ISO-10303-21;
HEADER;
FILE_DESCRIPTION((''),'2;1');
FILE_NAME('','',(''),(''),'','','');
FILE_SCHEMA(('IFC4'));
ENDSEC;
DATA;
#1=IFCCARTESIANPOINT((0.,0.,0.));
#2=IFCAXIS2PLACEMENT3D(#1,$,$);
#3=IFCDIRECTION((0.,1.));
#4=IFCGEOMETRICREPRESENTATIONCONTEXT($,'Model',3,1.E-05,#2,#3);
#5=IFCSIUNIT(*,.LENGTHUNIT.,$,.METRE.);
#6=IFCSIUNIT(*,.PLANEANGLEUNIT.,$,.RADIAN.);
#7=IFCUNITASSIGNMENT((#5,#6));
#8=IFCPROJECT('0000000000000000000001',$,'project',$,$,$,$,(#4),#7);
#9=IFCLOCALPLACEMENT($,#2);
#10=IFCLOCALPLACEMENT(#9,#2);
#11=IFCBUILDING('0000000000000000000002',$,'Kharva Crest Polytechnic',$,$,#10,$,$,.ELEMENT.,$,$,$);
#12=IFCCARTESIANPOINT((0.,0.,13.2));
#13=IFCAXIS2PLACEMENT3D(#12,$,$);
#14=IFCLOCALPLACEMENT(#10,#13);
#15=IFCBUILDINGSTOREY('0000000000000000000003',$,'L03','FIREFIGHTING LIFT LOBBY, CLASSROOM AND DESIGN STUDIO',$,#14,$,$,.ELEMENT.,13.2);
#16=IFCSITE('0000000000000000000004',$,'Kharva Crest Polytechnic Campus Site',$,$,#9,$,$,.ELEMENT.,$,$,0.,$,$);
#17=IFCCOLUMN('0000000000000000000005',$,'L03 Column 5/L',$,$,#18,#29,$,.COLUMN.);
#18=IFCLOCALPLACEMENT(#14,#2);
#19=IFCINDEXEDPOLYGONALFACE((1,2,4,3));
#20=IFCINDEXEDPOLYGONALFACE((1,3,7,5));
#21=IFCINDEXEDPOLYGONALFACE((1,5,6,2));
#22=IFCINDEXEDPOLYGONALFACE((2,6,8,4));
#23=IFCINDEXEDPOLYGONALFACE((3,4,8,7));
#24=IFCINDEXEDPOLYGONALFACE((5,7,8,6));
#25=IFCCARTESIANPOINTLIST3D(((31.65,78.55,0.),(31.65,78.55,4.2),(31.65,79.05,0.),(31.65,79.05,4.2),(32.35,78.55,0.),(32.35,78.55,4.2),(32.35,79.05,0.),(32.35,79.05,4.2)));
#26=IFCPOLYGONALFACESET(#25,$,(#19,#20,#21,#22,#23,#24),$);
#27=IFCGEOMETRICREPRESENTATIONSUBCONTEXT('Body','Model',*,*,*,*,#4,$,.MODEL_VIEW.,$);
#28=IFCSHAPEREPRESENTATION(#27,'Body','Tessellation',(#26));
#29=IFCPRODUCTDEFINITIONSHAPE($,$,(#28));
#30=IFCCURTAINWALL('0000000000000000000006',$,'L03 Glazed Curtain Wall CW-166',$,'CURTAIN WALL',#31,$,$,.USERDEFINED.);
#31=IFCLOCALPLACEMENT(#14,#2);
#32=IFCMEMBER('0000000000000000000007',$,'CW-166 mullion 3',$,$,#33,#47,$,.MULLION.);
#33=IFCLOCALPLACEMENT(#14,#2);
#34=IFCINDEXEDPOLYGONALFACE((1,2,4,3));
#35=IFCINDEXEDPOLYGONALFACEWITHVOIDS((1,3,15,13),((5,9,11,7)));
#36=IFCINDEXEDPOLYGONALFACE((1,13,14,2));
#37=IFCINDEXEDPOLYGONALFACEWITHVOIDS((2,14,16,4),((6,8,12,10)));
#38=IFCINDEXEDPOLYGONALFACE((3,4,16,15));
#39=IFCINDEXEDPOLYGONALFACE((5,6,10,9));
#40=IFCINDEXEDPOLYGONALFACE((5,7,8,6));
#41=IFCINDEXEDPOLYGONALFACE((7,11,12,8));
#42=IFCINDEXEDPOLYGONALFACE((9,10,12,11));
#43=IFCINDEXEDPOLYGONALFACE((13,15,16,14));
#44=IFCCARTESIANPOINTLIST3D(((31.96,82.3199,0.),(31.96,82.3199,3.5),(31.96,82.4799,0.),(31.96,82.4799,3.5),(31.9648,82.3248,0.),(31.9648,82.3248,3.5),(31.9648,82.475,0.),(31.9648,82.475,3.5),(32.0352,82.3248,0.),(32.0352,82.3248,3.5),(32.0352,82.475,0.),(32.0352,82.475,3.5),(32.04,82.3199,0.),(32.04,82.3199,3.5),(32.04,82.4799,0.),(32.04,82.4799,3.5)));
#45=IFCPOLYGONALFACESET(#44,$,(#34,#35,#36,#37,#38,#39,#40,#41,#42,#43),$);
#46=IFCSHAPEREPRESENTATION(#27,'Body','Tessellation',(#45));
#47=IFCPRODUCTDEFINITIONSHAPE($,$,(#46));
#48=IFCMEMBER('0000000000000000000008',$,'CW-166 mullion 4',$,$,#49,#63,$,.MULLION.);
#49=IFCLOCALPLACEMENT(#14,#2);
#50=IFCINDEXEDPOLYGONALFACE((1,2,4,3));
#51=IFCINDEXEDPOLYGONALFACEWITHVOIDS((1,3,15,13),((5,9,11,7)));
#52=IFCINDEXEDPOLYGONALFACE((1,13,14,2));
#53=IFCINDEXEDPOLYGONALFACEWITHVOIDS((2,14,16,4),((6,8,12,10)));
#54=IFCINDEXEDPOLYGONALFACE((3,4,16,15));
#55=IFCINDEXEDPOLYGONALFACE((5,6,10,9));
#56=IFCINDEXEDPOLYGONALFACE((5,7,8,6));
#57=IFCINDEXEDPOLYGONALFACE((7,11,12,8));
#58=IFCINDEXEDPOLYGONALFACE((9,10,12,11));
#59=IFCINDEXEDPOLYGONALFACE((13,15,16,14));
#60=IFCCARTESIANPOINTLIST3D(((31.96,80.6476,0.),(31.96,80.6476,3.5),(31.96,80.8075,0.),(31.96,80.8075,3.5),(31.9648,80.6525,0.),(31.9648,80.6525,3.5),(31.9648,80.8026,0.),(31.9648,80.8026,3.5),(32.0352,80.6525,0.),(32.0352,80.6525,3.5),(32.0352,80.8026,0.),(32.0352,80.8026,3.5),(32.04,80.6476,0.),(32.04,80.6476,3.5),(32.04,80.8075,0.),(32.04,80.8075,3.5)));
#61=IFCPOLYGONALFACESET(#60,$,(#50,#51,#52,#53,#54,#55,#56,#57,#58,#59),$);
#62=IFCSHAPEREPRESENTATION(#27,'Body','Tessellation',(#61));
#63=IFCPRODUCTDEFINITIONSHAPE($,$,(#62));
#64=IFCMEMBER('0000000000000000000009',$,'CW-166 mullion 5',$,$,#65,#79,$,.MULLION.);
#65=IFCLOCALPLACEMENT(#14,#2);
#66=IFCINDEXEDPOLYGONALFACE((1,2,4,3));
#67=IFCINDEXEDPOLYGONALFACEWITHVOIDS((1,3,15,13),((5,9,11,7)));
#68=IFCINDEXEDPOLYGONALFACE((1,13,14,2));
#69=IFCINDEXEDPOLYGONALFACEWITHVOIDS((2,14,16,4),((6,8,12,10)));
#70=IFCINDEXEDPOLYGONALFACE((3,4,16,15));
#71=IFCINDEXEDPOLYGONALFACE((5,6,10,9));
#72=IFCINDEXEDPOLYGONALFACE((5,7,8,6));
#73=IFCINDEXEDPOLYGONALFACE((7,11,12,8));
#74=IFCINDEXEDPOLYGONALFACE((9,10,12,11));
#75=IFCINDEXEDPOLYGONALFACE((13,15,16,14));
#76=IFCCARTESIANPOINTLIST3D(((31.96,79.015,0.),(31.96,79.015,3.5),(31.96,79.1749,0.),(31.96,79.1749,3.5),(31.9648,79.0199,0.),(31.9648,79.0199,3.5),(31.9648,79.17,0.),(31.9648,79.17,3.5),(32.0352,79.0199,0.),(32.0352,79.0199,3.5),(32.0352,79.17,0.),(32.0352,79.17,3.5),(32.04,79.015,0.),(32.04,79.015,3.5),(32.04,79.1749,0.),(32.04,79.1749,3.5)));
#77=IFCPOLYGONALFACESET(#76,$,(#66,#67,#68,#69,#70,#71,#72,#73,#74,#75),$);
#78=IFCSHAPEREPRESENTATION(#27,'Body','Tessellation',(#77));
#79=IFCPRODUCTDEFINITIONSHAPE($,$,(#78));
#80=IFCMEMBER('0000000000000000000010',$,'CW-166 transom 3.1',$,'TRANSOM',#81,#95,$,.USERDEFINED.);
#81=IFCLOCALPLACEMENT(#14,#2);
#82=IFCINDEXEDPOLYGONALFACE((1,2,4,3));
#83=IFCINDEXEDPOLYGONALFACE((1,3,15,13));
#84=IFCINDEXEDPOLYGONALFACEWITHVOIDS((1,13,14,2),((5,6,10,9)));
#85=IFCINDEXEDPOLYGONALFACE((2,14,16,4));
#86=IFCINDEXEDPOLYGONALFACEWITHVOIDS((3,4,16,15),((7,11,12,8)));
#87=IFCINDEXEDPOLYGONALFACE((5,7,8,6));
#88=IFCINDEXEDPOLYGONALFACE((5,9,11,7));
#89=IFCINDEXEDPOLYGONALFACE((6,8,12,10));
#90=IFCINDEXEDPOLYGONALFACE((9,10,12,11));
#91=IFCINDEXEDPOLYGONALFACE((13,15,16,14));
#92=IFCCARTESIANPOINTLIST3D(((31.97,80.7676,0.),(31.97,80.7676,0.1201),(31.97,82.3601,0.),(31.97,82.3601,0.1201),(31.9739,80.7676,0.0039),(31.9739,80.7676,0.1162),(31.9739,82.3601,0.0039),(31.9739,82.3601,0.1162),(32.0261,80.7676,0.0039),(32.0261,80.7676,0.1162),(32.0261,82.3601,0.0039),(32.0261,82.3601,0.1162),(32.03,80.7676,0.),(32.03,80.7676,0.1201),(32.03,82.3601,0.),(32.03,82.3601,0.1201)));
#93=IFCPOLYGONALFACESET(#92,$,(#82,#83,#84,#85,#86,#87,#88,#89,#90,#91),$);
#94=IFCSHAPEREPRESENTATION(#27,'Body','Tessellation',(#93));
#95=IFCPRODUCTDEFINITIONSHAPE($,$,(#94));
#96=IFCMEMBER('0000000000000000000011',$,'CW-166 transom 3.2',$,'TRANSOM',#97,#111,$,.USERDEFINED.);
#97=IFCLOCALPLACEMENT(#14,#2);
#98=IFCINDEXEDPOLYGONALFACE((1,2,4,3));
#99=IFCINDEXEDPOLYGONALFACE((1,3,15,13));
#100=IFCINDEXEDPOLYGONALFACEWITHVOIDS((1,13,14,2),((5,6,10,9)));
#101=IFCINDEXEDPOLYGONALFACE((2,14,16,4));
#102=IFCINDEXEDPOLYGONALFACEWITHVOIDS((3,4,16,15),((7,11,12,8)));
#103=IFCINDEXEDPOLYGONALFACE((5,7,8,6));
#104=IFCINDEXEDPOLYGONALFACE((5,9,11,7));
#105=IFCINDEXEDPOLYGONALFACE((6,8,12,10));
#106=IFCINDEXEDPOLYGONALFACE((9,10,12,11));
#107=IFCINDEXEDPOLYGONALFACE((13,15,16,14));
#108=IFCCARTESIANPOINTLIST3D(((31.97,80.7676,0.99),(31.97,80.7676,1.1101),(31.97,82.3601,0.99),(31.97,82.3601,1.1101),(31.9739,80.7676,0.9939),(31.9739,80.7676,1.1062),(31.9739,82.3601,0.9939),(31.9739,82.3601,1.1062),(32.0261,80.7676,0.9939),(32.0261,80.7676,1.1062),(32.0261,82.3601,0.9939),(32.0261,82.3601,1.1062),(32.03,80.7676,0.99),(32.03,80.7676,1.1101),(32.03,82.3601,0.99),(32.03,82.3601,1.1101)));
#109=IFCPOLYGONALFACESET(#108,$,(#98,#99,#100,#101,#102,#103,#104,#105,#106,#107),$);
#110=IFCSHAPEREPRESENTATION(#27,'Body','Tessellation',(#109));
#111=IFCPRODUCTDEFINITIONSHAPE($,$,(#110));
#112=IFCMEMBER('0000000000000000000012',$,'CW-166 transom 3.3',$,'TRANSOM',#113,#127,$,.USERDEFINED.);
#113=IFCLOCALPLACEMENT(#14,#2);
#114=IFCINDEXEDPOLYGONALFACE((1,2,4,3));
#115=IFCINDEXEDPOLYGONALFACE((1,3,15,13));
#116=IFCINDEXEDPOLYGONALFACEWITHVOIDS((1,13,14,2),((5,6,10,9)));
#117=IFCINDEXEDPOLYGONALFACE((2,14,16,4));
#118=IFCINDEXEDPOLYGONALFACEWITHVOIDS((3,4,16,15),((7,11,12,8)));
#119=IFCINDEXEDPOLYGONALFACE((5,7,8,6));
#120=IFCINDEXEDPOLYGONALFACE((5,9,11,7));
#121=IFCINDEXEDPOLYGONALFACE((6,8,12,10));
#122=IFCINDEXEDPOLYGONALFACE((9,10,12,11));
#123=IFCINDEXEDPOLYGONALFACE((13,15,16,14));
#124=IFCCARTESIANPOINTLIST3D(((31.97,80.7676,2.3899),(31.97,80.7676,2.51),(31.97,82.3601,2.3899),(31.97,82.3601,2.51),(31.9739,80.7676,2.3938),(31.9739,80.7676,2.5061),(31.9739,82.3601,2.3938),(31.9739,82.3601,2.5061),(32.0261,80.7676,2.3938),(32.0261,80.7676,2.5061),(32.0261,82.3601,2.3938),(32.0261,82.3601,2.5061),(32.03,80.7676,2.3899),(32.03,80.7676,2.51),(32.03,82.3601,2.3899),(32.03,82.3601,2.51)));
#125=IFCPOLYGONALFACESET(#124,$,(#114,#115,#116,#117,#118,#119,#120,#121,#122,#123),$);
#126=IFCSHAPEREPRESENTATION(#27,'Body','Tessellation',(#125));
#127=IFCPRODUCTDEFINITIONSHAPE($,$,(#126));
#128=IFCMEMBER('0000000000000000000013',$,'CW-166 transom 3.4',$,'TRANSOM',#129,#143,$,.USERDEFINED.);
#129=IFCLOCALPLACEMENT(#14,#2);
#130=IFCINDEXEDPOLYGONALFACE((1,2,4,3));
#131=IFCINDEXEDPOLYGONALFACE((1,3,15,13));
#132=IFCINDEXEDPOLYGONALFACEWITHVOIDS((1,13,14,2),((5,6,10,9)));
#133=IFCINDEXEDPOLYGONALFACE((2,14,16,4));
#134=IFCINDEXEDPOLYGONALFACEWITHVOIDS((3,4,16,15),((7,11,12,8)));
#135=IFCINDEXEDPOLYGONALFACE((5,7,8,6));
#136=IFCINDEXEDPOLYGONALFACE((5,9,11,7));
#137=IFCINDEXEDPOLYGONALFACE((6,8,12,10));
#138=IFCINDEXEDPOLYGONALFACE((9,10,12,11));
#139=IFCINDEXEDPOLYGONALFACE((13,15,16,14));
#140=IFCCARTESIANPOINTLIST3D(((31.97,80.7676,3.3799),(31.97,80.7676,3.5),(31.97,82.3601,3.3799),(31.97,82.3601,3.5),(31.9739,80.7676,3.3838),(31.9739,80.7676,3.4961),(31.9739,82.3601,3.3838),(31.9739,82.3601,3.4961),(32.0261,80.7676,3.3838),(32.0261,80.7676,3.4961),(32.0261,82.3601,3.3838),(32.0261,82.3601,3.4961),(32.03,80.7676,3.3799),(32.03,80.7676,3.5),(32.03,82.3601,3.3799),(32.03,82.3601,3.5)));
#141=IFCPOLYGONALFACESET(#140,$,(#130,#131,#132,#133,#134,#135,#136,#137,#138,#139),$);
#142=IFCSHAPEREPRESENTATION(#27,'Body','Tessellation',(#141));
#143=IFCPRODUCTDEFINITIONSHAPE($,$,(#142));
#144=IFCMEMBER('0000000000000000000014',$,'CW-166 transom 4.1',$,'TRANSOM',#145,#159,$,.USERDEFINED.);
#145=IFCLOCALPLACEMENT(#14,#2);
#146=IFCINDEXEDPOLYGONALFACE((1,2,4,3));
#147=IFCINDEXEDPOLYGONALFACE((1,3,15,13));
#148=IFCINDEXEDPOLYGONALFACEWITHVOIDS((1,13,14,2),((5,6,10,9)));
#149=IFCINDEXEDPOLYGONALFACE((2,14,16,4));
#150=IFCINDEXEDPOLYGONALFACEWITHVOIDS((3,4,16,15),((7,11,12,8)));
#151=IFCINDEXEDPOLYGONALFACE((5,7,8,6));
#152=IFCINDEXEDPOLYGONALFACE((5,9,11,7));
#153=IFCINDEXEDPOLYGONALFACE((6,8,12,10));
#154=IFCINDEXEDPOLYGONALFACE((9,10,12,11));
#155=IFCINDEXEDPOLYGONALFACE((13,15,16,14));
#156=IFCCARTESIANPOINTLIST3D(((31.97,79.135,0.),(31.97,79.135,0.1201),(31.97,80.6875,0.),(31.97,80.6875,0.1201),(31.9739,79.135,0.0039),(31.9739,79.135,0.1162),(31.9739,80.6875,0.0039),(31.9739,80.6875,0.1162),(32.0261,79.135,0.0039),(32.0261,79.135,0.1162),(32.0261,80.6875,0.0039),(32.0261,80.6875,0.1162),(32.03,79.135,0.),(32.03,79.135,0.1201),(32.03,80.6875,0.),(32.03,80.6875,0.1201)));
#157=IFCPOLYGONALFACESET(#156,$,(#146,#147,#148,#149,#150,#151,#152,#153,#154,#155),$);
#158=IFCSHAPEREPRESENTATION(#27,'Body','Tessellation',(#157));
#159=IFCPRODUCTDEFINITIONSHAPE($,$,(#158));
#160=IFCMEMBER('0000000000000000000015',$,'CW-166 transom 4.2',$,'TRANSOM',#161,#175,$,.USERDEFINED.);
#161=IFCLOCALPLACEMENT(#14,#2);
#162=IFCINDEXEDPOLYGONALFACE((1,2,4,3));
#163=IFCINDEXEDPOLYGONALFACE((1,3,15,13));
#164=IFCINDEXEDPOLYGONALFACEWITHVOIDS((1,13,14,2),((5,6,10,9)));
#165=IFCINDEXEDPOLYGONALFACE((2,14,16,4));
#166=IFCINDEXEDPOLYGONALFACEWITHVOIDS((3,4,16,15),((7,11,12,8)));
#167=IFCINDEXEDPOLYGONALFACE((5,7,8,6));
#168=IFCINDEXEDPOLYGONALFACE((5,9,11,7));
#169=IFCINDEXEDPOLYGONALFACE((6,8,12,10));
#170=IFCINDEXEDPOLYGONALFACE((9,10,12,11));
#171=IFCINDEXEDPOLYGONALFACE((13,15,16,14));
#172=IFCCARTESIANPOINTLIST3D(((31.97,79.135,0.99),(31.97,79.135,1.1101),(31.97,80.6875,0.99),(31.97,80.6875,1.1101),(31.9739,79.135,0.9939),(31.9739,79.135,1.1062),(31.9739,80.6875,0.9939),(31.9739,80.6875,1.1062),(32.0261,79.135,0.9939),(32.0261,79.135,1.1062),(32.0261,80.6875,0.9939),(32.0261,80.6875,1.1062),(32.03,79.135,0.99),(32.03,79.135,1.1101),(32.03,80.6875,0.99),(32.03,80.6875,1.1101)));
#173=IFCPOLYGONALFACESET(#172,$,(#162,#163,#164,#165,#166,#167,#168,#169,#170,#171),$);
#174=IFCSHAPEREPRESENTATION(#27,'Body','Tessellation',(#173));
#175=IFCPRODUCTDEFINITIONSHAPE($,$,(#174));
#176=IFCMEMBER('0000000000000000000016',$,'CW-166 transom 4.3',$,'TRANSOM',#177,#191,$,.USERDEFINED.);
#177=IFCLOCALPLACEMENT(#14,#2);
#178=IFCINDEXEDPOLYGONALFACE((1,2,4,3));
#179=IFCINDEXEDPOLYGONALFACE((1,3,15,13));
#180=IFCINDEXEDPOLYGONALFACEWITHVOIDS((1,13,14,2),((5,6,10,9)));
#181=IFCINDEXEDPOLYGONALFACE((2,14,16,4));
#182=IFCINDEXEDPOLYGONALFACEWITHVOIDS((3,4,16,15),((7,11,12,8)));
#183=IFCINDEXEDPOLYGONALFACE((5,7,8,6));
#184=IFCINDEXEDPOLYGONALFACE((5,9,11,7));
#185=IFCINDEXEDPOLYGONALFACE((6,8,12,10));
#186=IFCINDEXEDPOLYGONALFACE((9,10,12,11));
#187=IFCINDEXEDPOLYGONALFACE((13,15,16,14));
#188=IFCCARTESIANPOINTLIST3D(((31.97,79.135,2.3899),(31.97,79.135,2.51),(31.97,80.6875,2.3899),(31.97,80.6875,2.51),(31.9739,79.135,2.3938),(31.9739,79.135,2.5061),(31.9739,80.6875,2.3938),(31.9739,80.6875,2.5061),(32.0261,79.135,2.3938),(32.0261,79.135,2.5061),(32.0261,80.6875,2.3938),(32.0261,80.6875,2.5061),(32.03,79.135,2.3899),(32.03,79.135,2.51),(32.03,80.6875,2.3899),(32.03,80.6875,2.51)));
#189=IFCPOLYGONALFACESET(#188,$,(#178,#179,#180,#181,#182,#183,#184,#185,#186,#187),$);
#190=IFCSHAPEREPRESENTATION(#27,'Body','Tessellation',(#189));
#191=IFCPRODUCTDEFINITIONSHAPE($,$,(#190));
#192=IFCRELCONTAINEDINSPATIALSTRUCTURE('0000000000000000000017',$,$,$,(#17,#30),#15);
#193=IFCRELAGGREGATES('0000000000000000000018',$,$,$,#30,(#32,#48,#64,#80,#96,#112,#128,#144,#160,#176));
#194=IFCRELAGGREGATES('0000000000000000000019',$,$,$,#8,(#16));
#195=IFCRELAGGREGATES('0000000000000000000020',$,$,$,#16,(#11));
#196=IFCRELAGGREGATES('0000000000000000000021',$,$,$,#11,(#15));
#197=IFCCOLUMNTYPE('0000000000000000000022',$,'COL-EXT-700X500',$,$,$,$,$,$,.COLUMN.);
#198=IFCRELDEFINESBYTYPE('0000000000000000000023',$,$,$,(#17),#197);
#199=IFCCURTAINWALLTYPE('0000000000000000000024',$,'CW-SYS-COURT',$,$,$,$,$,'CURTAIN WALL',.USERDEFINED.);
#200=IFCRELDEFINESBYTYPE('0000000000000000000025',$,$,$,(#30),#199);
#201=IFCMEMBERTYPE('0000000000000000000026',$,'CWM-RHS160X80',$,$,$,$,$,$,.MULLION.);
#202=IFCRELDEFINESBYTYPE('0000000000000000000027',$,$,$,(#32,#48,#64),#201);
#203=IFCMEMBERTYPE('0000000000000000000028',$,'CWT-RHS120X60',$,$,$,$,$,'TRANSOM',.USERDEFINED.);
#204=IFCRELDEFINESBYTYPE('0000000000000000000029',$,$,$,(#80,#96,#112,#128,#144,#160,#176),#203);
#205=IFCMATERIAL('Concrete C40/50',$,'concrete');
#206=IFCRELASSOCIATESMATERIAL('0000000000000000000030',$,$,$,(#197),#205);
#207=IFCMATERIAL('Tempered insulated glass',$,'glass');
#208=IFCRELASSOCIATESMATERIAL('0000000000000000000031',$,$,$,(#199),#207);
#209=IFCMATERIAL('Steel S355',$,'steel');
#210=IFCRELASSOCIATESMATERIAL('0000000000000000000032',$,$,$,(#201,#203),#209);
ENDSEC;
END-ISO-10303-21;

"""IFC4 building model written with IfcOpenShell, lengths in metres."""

from ifc_helpers import new_model, si_unit, direction, frame, origin, origin_2d, place, context, subcontext, project, spatial, rectangle, hollow_rectangle, extrude, material, material_profile, profile_set, type_object, element, aggregate, save


model = new_model("IFC4")

# Units and contexts
model_context = context("Model", 3, precision=1e-05, world=origin(), true_north=direction((0.0, 1.0)))
body_context = subcontext(model_context, "Body", "Model", "MODEL_VIEW")
ifc_project = project(units=[si_unit("LENGTHUNIT", "METRE"), si_unit("PLANEANGLEUNIT", "RADIAN")], contexts=[model_context])

# Site, building, storey
site_placement = place(None, origin())
site = spatial("IfcSite", under=ifc_project, at=site_placement, Name="Kharva Crest Polytechnic Campus Site", CompositionType="ELEMENT", RefElevation=0.0)
building_placement = place(site_placement, origin())
building = spatial("IfcBuilding", under=site, at=building_placement, Name="Kharva Crest Polytechnic", CompositionType="ELEMENT")
storey_placement = place(building_placement, frame((0.0, 0.0, 13.2)))
storey = spatial("IfcBuildingStorey", under=building, at=storey_placement, Name="L03", Description="FIREFIGHTING LIFT LOBBY, CLASSROOM AND DESIGN STUDIO", CompositionType="ELEMENT", Elevation=13.2)

# Column
ifc_material_1 = material(Name="Concrete C40/50", Category="concrete")
ifc_material_profile_1 = material_profile(ifc_material_1, rectangle(XDim=0.7, YDim=0.5, at=origin_2d()), Name="RECT 700 X 500")
ifc_profile_set_1 = profile_set([ifc_material_profile_1], Name="Concrete C40/50")
column_type = type_object("IfcColumnType", Name="COL-EXT-700X500", PredefinedType="COLUMN", material=ifc_profile_set_1)
column_placement = place(storey_placement, frame((32.0, 78.8, 0.0), z_axis=(0.0, 0.0, 1.0), x_axis=(1.0, 0.0, 0.0)))
element("IfcColumn", 1, at=column_placement, inside=storey, type_object=column_type, Name="L03 Column 5/L", PredefinedType="COLUMN", context=body_context, shape_type="SweptSolid", body=[
    extrude(rectangle(XDim=0.7, YDim=0.5, at=origin_2d()), origin(), (0.0, 0.0, 1.0), 4.2),
])

# Curtain wall, members
ifc_material_2 = material(Name="Tempered insulated glass", Category="glass")
curtain_wall_type = type_object("IfcCurtainWallType", Name="CW-SYS-COURT", ElementType="CURTAIN WALL", PredefinedType="USERDEFINED", material=ifc_material_2)
curtain_wall_placement = place(storey_placement, origin())
curtain_wall = element("IfcCurtainWall", 2, at=curtain_wall_placement, inside=storey, type_object=curtain_wall_type, Name="L03 Glazed Curtain Wall CW-166", ObjectType="CURTAIN WALL", PredefinedType="USERDEFINED")
ifc_material_3 = material(Name="Steel S355", Category="steel")
ifc_material_profile_2 = material_profile(ifc_material_3, hollow_rectangle(XDim=0.0801, YDim=0.1599, WallThickness=0.0049, at=origin_2d()), Name="RHS 160X80X5.0")
ifc_profile_set_2 = profile_set([ifc_material_profile_2], Name="Steel S355")
member_type_1 = type_object("IfcMemberType", Name="CWM-RHS160X80", PredefinedType="MULLION", material=ifc_profile_set_2)
member_1_placement = place(storey_placement, frame((32.0, 82.3999, 0.0), z_axis=(0.0, 0.0, 1.0), x_axis=(1.0, 0.0, 0.0)))
member_1 = element("IfcMember", 3, at=member_1_placement, type_object=member_type_1, Name="CW-166 mullion 3", PredefinedType="MULLION", context=body_context, shape_type="SweptSolid", body=[
    extrude(hollow_rectangle(XDim=0.0801, YDim=0.1599, WallThickness=0.0049, at=origin_2d()), origin(), (0.0, 0.0, 1.0), 3.5),
])
member_2_placement = place(storey_placement, frame((32.0, 80.7275, 0.0), z_axis=(0.0, 0.0, 1.0), x_axis=(1.0, 0.0, 0.0)))
member_2 = element("IfcMember", 4, at=member_2_placement, type_object=member_type_1, Name="CW-166 mullion 4", PredefinedType="MULLION", context=body_context, shape_type="SweptSolid", body=[
    extrude(hollow_rectangle(XDim=0.0801, YDim=0.1599, WallThickness=0.0049, at=origin_2d()), origin(), (0.0, 0.0, 1.0), 3.5),
])
member_3_placement = place(storey_placement, frame((32.0, 79.095, 0.0), z_axis=(0.0, 0.0, 1.0), x_axis=(1.0, 0.0, 0.0)))
member_3 = element("IfcMember", 5, at=member_3_placement, type_object=member_type_1, Name="CW-166 mullion 5", PredefinedType="MULLION", context=body_context, shape_type="SweptSolid", body=[
    extrude(hollow_rectangle(XDim=0.0801, YDim=0.1599, WallThickness=0.0049, at=origin_2d()), origin(), (0.0, 0.0, 1.0), 3.5),
])
ifc_material_profile_3 = material_profile(ifc_material_3, hollow_rectangle(XDim=0.0601, YDim=0.1201, WallThickness=0.0039, at=origin_2d()), Name="RHS 120X60X4.0")
ifc_profile_set_3 = profile_set([ifc_material_profile_3], Name="Steel S355")
member_type_2 = type_object("IfcMemberType", Name="CWT-RHS120X60", ElementType="TRANSOM", PredefinedType="USERDEFINED", material=ifc_profile_set_3)
member_4_placement = place(storey_placement, frame((32.0, 82.3601, 0.0601), z_axis=(0.0, -1.0, 0.0), x_axis=(1.0, 0.0, 0.0)))
member_4 = element("IfcMember", 6, at=member_4_placement, type_object=member_type_2, Name="CW-166 transom 3.1", ObjectType="TRANSOM", PredefinedType="USERDEFINED", context=body_context, shape_type="SweptSolid", body=[
    extrude(hollow_rectangle(XDim=0.0601, YDim=0.1201, WallThickness=0.0039, at=origin_2d()), origin(), (0.0, 0.0, 1.0), 1.5925),
])
member_5_placement = place(storey_placement, frame((32.0, 82.3601, 1.05), z_axis=(0.0, -1.0, 0.0), x_axis=(1.0, 0.0, 0.0)))
member_5 = element("IfcMember", 7, at=member_5_placement, type_object=member_type_2, Name="CW-166 transom 3.2", ObjectType="TRANSOM", PredefinedType="USERDEFINED", context=body_context, shape_type="SweptSolid", body=[
    extrude(hollow_rectangle(XDim=0.0601, YDim=0.1201, WallThickness=0.0039, at=origin_2d()), origin(), (0.0, 0.0, 1.0), 1.5925),
])
member_6_placement = place(storey_placement, frame((32.0, 82.3601, 2.45), z_axis=(0.0, -1.0, 0.0), x_axis=(1.0, 0.0, 0.0)))
member_6 = element("IfcMember", 8, at=member_6_placement, type_object=member_type_2, Name="CW-166 transom 3.3", ObjectType="TRANSOM", PredefinedType="USERDEFINED", context=body_context, shape_type="SweptSolid", body=[
    extrude(hollow_rectangle(XDim=0.0601, YDim=0.1201, WallThickness=0.0039, at=origin_2d()), origin(), (0.0, 0.0, 1.0), 1.5925),
])
member_7_placement = place(storey_placement, frame((32.0, 82.3601, 3.4399), z_axis=(0.0, -1.0, 0.0), x_axis=(1.0, 0.0, 0.0)))
member_7 = element("IfcMember", 9, at=member_7_placement, type_object=member_type_2, Name="CW-166 transom 3.4", ObjectType="TRANSOM", PredefinedType="USERDEFINED", context=body_context, shape_type="SweptSolid", body=[
    extrude(hollow_rectangle(XDim=0.0601, YDim=0.1201, WallThickness=0.0039, at=origin_2d()), origin(), (0.0, 0.0, 1.0), 1.5925),
])
member_8_placement = place(storey_placement, frame((32.0, 80.6875, 0.0601), z_axis=(0.0, -1.0, 0.0), x_axis=(1.0, 0.0, 0.0)))
member_8 = element("IfcMember", 10, at=member_8_placement, type_object=member_type_2, Name="CW-166 transom 4.1", ObjectType="TRANSOM", PredefinedType="USERDEFINED", context=body_context, shape_type="SweptSolid", body=[
    extrude(hollow_rectangle(XDim=0.0601, YDim=0.1201, WallThickness=0.0039, at=origin_2d()), origin(), (0.0, 0.0, 1.0), 1.5525),
])
member_9_placement = place(storey_placement, frame((32.0, 80.6875, 1.05), z_axis=(0.0, -1.0, 0.0), x_axis=(1.0, 0.0, 0.0)))
member_9 = element("IfcMember", 11, at=member_9_placement, type_object=member_type_2, Name="CW-166 transom 4.2", ObjectType="TRANSOM", PredefinedType="USERDEFINED", context=body_context, shape_type="SweptSolid", body=[
    extrude(hollow_rectangle(XDim=0.0601, YDim=0.1201, WallThickness=0.0039, at=origin_2d()), origin(), (0.0, 0.0, 1.0), 1.5525),
])
member_10_placement = place(storey_placement, frame((32.0, 80.6875, 2.45), z_axis=(0.0, -1.0, 0.0), x_axis=(1.0, 0.0, 0.0)))
member_10 = element("IfcMember", 12, at=member_10_placement, type_object=member_type_2, Name="CW-166 transom 4.3", ObjectType="TRANSOM", PredefinedType="USERDEFINED", context=body_context, shape_type="SweptSolid", body=[
    extrude(hollow_rectangle(XDim=0.0601, YDim=0.1201, WallThickness=0.0039, at=origin_2d()), origin(), (0.0, 0.0, 1.0), 1.5525),
])

aggregate(curtain_wall, [member_1, member_2, member_3, member_4, member_5, member_6, member_7, member_8, member_9, member_10])

save(model, "model.ifc")
